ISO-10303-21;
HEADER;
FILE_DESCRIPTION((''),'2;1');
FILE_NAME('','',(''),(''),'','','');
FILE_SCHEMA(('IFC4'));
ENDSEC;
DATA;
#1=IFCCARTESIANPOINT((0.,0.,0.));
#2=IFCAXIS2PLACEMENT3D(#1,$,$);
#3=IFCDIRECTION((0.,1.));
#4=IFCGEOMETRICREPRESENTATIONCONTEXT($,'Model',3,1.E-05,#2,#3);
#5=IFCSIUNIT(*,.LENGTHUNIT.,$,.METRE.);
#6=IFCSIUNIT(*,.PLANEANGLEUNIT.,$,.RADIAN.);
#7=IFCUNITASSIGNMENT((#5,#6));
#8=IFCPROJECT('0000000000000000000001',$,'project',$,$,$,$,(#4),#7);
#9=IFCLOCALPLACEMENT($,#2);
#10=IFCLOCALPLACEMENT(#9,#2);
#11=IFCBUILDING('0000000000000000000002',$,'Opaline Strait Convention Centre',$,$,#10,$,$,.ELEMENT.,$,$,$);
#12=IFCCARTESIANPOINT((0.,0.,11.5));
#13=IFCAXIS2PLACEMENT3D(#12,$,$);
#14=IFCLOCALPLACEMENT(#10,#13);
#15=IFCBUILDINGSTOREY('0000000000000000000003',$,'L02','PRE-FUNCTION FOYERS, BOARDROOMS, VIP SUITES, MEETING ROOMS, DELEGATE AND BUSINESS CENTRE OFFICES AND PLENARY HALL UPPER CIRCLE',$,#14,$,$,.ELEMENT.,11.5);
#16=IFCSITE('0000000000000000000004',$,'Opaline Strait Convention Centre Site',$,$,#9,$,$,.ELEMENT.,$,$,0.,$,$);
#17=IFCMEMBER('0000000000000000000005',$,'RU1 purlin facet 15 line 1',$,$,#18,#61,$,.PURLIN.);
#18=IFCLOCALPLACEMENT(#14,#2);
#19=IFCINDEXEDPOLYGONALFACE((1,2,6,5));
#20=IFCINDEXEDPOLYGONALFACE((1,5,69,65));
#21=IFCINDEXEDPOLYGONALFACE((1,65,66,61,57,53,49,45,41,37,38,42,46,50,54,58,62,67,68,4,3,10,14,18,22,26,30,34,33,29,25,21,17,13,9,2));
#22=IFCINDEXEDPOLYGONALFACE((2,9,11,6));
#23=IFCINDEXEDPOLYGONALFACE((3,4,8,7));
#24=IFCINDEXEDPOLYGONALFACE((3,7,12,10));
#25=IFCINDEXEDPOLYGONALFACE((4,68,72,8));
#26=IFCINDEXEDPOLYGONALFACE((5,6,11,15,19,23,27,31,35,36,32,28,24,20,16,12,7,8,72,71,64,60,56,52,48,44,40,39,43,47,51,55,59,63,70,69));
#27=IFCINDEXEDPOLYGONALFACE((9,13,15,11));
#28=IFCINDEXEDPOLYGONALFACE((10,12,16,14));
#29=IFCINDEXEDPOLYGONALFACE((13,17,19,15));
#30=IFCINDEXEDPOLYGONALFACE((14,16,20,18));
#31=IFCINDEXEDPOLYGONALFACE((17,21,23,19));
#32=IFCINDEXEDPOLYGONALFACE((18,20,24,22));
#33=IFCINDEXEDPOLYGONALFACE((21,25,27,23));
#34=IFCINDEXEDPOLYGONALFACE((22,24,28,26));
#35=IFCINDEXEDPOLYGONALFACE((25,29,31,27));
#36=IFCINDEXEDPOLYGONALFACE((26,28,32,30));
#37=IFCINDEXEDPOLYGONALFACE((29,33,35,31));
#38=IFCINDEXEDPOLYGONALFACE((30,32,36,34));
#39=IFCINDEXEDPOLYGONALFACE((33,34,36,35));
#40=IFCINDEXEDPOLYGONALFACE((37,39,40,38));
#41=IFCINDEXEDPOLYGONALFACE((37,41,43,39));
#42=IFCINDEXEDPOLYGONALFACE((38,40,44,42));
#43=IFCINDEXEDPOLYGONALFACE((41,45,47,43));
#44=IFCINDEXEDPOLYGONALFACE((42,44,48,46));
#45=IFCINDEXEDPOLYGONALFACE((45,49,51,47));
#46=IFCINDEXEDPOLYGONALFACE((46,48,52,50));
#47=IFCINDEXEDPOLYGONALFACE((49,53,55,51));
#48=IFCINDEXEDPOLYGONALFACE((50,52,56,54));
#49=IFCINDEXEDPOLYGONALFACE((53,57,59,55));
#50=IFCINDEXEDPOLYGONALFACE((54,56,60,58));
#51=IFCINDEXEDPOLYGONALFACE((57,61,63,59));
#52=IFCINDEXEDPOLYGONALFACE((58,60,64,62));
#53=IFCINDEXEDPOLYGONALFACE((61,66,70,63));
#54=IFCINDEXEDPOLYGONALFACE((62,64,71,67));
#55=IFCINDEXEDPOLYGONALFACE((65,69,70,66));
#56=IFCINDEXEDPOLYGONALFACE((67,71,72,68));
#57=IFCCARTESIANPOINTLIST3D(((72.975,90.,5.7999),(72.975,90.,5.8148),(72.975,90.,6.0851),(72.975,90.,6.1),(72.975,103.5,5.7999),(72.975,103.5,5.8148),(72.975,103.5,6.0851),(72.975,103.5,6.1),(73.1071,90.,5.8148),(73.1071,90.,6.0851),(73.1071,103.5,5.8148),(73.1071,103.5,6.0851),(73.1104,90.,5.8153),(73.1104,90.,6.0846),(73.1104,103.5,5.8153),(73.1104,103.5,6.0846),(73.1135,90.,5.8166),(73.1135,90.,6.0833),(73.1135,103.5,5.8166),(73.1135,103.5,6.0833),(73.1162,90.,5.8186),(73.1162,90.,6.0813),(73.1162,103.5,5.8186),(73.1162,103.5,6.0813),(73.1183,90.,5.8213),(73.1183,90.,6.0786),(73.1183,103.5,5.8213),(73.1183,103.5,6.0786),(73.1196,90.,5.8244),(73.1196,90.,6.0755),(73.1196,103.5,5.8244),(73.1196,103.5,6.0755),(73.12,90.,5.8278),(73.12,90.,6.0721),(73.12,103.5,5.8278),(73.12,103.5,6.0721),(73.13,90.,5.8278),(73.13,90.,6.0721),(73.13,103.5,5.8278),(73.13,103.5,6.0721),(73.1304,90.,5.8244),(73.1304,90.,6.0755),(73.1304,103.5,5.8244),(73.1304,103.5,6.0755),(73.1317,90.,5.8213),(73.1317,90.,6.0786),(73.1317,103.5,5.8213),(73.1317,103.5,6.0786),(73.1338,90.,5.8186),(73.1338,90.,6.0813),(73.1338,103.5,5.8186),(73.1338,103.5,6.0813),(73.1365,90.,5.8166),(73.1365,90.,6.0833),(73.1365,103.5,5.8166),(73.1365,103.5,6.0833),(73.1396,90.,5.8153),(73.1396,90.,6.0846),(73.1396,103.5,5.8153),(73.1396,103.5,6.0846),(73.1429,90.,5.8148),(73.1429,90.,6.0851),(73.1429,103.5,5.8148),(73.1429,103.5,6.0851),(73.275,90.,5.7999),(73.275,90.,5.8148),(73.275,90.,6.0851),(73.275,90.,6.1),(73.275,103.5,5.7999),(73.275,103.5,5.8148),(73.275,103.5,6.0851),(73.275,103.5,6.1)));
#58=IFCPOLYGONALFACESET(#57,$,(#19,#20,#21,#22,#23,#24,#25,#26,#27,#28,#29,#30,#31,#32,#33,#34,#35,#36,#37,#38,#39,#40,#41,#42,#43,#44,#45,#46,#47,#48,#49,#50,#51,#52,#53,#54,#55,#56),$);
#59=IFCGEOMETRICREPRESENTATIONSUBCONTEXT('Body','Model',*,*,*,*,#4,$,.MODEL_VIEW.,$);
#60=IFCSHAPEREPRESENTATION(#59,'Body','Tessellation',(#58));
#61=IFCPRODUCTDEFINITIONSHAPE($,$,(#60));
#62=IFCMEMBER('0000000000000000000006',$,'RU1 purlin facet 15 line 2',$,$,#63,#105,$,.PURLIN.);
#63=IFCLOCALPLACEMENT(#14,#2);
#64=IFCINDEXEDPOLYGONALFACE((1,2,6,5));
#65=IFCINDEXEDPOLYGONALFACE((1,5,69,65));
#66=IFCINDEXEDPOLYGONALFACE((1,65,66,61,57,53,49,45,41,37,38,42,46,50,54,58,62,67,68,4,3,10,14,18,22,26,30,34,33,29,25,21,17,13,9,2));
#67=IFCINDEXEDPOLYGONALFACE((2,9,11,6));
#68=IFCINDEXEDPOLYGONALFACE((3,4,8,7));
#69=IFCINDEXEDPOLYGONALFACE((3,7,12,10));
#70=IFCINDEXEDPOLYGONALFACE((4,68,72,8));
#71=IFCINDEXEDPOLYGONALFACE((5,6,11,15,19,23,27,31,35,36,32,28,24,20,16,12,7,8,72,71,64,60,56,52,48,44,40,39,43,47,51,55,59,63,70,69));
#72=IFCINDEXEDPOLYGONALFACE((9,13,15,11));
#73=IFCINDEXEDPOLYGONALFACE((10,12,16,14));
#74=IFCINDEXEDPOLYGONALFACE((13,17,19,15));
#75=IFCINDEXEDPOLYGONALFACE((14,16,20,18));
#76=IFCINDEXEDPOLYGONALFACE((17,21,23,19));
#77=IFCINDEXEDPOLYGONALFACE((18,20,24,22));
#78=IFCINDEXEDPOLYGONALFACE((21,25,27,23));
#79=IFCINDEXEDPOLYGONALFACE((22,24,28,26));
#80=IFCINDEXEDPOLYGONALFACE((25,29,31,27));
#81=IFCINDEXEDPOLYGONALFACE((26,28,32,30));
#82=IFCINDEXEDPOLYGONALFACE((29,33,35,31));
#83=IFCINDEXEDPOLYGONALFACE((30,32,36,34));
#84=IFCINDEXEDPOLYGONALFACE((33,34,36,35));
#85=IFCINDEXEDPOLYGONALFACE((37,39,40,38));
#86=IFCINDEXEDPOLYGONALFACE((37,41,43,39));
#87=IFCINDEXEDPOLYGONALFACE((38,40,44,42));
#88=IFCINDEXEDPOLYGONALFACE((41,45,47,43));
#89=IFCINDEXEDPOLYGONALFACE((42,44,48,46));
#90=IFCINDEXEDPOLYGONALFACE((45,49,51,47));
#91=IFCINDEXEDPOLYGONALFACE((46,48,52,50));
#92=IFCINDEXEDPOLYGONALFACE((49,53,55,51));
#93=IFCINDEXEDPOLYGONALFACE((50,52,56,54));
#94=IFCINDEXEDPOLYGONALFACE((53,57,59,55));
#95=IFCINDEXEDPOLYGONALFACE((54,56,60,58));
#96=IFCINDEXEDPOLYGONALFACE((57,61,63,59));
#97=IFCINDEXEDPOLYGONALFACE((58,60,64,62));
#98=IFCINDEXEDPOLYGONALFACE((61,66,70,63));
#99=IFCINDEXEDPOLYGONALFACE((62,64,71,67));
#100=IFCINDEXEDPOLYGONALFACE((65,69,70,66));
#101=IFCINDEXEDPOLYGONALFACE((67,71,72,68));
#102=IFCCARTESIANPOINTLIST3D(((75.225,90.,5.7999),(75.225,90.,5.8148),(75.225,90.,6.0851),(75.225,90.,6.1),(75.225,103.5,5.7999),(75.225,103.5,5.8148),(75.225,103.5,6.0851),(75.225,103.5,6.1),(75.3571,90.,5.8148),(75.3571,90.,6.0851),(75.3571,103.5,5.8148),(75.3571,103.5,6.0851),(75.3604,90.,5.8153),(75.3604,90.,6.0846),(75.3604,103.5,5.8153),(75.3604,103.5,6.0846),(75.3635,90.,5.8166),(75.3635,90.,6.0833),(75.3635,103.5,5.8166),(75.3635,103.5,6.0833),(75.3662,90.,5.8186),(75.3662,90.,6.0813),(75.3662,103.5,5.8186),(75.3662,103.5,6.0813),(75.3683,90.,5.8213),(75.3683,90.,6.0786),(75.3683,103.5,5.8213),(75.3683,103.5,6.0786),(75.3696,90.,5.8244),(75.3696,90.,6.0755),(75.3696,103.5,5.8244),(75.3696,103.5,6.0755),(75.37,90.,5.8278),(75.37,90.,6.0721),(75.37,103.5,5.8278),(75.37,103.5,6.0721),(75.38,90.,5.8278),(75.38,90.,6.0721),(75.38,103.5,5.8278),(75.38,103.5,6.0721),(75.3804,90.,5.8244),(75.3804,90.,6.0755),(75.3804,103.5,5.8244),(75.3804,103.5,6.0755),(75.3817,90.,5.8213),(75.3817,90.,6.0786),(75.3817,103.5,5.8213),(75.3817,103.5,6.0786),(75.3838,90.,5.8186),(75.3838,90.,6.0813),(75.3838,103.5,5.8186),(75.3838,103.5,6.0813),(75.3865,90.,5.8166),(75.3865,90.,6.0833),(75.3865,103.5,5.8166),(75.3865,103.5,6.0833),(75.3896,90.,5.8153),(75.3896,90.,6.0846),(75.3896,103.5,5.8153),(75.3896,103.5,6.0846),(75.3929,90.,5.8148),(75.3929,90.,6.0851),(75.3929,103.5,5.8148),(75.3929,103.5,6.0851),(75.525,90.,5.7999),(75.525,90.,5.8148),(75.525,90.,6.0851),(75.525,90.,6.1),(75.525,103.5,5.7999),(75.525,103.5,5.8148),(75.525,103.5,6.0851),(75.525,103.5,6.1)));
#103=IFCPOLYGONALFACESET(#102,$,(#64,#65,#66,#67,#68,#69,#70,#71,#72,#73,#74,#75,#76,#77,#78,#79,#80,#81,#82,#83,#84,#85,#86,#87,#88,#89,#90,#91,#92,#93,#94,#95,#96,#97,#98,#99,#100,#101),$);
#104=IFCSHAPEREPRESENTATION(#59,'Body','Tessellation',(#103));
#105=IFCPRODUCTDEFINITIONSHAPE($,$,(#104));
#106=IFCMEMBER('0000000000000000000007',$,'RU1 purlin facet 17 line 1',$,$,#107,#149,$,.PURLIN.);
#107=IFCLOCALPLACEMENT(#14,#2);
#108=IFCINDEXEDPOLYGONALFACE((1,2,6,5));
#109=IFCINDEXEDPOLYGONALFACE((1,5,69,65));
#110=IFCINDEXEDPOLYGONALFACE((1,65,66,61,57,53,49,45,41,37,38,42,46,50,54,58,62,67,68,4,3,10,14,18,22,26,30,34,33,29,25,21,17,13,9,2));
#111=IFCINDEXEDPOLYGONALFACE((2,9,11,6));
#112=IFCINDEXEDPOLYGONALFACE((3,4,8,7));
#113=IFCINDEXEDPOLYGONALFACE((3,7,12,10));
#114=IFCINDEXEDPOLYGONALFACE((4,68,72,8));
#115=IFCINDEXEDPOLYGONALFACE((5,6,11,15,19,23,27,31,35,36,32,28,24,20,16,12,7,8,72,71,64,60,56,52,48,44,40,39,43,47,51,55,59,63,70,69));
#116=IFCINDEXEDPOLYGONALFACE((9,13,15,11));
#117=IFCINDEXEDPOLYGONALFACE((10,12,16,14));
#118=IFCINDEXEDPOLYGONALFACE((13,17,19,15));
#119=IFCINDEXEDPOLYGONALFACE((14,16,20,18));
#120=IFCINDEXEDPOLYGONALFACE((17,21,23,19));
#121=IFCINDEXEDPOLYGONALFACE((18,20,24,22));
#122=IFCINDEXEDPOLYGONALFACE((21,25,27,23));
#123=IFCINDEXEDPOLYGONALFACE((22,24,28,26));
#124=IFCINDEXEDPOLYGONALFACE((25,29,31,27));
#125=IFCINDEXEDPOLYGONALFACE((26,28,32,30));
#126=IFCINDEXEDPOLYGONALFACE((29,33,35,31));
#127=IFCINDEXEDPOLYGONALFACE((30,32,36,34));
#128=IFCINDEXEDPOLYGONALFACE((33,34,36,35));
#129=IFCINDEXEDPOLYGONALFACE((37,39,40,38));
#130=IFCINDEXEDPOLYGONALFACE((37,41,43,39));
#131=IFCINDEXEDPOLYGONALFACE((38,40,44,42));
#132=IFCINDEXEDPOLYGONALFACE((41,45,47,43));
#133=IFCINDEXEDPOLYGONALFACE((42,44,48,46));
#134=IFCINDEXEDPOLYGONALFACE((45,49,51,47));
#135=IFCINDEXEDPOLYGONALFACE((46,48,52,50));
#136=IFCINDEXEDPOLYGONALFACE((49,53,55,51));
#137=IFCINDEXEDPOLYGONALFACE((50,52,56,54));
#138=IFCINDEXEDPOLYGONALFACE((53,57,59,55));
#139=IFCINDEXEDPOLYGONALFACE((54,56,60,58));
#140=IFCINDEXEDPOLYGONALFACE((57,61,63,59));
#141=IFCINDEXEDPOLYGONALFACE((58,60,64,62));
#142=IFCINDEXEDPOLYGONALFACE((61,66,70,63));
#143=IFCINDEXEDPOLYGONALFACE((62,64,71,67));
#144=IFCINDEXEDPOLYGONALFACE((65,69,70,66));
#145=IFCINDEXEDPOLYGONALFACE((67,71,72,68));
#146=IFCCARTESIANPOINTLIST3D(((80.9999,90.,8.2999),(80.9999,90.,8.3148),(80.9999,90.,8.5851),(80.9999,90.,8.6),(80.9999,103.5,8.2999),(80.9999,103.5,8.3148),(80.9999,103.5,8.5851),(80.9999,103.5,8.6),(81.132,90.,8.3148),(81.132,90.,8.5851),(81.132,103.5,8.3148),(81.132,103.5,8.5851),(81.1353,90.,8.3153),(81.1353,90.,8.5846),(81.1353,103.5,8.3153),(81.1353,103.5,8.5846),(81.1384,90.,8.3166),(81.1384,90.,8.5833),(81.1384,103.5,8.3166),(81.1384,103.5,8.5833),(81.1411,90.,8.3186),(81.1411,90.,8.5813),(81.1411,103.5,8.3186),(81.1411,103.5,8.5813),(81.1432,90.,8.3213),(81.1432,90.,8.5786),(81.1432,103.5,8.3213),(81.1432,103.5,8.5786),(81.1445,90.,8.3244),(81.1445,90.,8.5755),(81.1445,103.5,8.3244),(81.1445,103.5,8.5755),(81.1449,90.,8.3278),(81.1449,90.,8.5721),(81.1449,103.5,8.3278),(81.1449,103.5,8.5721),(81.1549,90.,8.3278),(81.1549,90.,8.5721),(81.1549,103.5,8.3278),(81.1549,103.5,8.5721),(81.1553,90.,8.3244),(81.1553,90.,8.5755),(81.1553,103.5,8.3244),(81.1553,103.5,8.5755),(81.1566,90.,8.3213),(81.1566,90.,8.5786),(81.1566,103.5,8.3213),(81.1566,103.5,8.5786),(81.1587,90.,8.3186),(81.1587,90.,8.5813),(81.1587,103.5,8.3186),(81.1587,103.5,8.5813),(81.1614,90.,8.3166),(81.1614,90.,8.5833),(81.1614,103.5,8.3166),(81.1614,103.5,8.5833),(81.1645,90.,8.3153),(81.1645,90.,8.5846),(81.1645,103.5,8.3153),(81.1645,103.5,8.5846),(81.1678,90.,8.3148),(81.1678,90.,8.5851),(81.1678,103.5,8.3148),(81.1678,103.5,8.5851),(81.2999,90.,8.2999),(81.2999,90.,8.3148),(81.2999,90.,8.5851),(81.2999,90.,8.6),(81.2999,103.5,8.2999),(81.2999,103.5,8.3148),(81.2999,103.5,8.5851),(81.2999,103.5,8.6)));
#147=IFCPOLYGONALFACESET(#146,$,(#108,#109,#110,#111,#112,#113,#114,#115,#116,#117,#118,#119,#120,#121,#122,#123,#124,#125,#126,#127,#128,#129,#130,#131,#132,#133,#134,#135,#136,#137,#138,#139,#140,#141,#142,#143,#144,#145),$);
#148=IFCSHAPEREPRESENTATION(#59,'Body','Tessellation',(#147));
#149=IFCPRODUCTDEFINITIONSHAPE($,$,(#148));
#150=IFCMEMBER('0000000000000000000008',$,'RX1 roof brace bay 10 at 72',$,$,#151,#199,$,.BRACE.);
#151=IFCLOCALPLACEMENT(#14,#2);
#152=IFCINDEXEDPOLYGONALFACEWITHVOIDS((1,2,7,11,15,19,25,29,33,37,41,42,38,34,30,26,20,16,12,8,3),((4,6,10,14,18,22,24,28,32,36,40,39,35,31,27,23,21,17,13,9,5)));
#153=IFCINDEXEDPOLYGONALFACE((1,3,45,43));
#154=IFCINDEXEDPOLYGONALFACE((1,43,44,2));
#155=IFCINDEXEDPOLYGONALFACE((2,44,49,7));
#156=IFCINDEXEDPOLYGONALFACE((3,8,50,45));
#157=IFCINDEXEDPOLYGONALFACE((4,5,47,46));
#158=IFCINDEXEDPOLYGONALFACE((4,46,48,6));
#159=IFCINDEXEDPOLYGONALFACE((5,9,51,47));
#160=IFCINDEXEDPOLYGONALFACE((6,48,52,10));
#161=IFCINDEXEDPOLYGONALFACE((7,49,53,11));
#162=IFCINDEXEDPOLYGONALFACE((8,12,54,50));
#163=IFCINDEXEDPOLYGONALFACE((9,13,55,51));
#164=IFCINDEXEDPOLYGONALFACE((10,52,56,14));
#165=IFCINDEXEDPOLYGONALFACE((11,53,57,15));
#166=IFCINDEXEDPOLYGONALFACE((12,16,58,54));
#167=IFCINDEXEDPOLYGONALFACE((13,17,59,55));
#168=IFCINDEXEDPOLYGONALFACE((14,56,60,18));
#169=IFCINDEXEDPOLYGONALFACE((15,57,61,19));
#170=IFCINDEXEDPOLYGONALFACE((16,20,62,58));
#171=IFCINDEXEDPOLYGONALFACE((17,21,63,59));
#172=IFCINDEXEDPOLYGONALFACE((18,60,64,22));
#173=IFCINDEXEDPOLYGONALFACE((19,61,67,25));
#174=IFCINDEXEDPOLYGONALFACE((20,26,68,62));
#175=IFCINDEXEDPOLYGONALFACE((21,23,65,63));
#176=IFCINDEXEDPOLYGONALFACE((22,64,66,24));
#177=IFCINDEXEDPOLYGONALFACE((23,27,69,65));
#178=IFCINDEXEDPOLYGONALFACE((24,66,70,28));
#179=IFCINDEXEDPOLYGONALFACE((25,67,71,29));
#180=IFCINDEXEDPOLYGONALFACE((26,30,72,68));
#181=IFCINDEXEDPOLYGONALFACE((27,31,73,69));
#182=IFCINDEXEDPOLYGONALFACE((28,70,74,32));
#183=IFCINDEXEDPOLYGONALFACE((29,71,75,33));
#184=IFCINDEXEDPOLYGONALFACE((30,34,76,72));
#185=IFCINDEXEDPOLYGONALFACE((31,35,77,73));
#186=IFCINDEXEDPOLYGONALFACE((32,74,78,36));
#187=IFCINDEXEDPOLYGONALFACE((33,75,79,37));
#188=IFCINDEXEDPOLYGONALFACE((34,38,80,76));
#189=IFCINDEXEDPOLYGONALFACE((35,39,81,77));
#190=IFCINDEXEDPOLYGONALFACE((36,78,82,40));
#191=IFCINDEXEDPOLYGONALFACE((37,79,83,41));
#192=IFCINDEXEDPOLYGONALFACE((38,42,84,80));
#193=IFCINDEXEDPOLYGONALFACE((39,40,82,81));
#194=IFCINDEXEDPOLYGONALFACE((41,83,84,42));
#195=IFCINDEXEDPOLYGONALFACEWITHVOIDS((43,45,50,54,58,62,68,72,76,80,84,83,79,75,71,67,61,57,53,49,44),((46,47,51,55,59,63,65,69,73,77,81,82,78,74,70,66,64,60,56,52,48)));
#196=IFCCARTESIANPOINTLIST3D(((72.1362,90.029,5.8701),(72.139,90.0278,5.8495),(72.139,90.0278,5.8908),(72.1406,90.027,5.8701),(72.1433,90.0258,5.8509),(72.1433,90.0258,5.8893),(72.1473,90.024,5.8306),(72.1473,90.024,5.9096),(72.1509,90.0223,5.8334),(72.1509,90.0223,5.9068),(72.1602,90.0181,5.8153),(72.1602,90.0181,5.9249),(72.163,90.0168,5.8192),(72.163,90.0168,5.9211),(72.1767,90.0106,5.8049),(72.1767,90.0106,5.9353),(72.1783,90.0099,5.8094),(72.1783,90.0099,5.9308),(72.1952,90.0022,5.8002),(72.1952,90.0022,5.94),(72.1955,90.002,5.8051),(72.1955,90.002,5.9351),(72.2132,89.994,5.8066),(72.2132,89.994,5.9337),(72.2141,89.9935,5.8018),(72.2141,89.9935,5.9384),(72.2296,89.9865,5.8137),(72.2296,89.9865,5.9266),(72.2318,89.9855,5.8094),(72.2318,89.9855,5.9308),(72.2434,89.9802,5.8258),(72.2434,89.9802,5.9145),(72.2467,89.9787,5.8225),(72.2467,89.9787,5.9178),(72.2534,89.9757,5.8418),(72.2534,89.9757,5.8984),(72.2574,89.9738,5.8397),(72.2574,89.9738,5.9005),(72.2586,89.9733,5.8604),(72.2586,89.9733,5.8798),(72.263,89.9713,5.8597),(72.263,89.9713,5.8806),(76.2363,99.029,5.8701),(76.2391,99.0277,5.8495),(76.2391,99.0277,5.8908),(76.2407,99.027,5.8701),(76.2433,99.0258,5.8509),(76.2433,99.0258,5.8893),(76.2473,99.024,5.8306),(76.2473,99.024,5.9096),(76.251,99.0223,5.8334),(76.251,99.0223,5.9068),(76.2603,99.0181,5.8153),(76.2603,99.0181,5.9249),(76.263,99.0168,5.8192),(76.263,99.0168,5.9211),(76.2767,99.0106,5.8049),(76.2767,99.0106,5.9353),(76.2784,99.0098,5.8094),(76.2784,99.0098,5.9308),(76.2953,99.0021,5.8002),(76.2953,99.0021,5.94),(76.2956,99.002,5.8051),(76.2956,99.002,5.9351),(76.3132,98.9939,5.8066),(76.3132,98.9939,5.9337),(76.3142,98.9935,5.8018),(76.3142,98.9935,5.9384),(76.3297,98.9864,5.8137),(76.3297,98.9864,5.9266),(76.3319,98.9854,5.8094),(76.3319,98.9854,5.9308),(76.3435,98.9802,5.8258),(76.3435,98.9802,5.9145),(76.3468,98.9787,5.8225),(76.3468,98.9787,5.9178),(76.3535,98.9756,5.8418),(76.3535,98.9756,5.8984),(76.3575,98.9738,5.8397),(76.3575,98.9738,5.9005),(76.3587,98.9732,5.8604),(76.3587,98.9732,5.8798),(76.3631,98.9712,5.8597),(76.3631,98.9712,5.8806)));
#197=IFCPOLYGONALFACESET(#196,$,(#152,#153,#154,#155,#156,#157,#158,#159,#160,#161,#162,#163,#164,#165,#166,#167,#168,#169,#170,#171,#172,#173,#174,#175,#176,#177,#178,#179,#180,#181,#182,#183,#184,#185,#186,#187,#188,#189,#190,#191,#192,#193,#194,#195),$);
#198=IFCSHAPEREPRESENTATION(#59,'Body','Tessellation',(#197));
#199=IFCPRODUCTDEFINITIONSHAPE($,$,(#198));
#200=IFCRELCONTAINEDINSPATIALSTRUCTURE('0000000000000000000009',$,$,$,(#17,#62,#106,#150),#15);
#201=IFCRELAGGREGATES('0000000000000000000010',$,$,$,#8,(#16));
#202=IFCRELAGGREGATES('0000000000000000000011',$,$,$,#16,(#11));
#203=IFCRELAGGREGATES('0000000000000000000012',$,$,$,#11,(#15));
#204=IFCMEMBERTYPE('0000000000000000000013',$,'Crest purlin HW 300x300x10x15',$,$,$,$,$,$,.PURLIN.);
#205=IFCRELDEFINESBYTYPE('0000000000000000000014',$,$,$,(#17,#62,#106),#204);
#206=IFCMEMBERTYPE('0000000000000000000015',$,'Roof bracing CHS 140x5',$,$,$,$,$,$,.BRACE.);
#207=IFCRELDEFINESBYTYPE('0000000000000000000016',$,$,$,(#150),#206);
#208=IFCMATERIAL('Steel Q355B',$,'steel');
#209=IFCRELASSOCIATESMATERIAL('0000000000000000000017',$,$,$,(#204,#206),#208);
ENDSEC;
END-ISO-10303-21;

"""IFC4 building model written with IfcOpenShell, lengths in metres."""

from ifc_helpers import new_model, si_unit, direction, frame, origin, origin_2d, place, context, subcontext, project, spatial, hollow_circle, i_section, extrude, material, material_profile, profile_set, type_object, element, save


model = new_model("IFC4")

# Units and contexts
model_context = context("Model", 3, precision=1e-05, world=origin(), true_north=direction((0.0, 1.0)))
body_context = subcontext(model_context, "Body", "Model", "MODEL_VIEW")
ifc_project = project(units=[si_unit("LENGTHUNIT", "METRE"), si_unit("PLANEANGLEUNIT", "RADIAN")], contexts=[model_context])

# Site, building, storey
site_placement = place(None, origin())
site = spatial("IfcSite", under=ifc_project, at=site_placement, Name="Opaline Strait Convention Centre Site", CompositionType="ELEMENT", RefElevation=0.0)
building_placement = place(site_placement, origin())
building = spatial("IfcBuilding", under=site, at=building_placement, Name="Opaline Strait Convention Centre", CompositionType="ELEMENT")
storey_placement = place(building_placement, frame((0.0, 0.0, 11.5)))
storey = spatial("IfcBuildingStorey", under=building, at=storey_placement, Name="L02", Description="PRE-FUNCTION FOYERS, BOARDROOMS, VIP SUITES, MEETING ROOMS, DELEGATE AND BUSINESS CENTRE OFFICES AND PLENARY HALL UPPER CIRCLE", CompositionType="ELEMENT", Elevation=11.5)

# Members
ifc_material_1 = material(Name="Steel Q355B", Category="steel")
ifc_material_profile_1 = material_profile(ifc_material_1, i_section(OverallWidth=0.3, OverallDepth=0.3, WebThickness=0.01, FlangeThickness=0.0149, FilletRadius=0.0129, at=origin_2d()), Name="HW 300x300x10x15")
ifc_profile_set_1 = profile_set([ifc_material_profile_1], Name="Steel Q355B")
member_type_1 = type_object("IfcMemberType", Name="Crest purlin HW 300x300x10x15", PredefinedType="PURLIN", material=ifc_profile_set_1)
for number, where, z_axis, x_axis, name in (
    (1, (73.125, 90.0, 5.95), (0.0, 1.0, 0.0), (-1.0, 0.0, 0.0), "RU1 purlin facet 15 line 1"),
    (2, (75.375, 90.0, 5.95), (0.0, 1.0, 0.0), (-1.0, 0.0, 0.0), "RU1 purlin facet 15 line 2"),
    (3, (81.1499, 90.0, 8.45), (0.0, 1.0, 0.0), (-1.0, 0.0, 0.0), "RU1 purlin facet 17 line 1"),
):
    element("IfcMember", number, at=place(storey_placement, frame(where, z_axis=z_axis, x_axis=x_axis)), inside=storey, type_object=member_type_1, Name=name, PredefinedType="PURLIN", context=body_context, shape_type="SweptSolid", body=[
        extrude(i_section(OverallWidth=0.3, OverallDepth=0.3, WebThickness=0.01, FlangeThickness=0.0149, FilletRadius=0.0129, at=origin_2d()), origin(), (0.0, 0.0, 1.0), 13.5),
    ])
ifc_material_profile_2 = material_profile(ifc_material_1, hollow_circle(Radius=0.0701, WallThickness=0.0049, at=origin_2d()), Name="CHS 140x5")
ifc_profile_set_2 = profile_set([ifc_material_profile_2], Name="Steel Q355B")
member_type_2 = type_object("IfcMemberType", Name="Roof bracing CHS 140x5", PredefinedType="BRACE", material=ifc_profile_set_2)
member_1_placement = place(storey_placement, frame((72.2, 90.0, 5.8701), z_axis=(0.414573, 0.910016, 0.0), x_axis=(-0.910016, 0.414573, 0.0)))
element("IfcMember", 4, at=member_1_placement, inside=storey, type_object=member_type_2, Name="RX1 roof brace bay 10 at 72", PredefinedType="BRACE", context=body_context, shape_type="SweptSolid", body=[
    extrude(hollow_circle(Radius=0.0701, WallThickness=0.0049, at=origin_2d()), origin(), (0.0, 0.0, 1.0), 9.8899),
])

save(model, "model.ifc")
